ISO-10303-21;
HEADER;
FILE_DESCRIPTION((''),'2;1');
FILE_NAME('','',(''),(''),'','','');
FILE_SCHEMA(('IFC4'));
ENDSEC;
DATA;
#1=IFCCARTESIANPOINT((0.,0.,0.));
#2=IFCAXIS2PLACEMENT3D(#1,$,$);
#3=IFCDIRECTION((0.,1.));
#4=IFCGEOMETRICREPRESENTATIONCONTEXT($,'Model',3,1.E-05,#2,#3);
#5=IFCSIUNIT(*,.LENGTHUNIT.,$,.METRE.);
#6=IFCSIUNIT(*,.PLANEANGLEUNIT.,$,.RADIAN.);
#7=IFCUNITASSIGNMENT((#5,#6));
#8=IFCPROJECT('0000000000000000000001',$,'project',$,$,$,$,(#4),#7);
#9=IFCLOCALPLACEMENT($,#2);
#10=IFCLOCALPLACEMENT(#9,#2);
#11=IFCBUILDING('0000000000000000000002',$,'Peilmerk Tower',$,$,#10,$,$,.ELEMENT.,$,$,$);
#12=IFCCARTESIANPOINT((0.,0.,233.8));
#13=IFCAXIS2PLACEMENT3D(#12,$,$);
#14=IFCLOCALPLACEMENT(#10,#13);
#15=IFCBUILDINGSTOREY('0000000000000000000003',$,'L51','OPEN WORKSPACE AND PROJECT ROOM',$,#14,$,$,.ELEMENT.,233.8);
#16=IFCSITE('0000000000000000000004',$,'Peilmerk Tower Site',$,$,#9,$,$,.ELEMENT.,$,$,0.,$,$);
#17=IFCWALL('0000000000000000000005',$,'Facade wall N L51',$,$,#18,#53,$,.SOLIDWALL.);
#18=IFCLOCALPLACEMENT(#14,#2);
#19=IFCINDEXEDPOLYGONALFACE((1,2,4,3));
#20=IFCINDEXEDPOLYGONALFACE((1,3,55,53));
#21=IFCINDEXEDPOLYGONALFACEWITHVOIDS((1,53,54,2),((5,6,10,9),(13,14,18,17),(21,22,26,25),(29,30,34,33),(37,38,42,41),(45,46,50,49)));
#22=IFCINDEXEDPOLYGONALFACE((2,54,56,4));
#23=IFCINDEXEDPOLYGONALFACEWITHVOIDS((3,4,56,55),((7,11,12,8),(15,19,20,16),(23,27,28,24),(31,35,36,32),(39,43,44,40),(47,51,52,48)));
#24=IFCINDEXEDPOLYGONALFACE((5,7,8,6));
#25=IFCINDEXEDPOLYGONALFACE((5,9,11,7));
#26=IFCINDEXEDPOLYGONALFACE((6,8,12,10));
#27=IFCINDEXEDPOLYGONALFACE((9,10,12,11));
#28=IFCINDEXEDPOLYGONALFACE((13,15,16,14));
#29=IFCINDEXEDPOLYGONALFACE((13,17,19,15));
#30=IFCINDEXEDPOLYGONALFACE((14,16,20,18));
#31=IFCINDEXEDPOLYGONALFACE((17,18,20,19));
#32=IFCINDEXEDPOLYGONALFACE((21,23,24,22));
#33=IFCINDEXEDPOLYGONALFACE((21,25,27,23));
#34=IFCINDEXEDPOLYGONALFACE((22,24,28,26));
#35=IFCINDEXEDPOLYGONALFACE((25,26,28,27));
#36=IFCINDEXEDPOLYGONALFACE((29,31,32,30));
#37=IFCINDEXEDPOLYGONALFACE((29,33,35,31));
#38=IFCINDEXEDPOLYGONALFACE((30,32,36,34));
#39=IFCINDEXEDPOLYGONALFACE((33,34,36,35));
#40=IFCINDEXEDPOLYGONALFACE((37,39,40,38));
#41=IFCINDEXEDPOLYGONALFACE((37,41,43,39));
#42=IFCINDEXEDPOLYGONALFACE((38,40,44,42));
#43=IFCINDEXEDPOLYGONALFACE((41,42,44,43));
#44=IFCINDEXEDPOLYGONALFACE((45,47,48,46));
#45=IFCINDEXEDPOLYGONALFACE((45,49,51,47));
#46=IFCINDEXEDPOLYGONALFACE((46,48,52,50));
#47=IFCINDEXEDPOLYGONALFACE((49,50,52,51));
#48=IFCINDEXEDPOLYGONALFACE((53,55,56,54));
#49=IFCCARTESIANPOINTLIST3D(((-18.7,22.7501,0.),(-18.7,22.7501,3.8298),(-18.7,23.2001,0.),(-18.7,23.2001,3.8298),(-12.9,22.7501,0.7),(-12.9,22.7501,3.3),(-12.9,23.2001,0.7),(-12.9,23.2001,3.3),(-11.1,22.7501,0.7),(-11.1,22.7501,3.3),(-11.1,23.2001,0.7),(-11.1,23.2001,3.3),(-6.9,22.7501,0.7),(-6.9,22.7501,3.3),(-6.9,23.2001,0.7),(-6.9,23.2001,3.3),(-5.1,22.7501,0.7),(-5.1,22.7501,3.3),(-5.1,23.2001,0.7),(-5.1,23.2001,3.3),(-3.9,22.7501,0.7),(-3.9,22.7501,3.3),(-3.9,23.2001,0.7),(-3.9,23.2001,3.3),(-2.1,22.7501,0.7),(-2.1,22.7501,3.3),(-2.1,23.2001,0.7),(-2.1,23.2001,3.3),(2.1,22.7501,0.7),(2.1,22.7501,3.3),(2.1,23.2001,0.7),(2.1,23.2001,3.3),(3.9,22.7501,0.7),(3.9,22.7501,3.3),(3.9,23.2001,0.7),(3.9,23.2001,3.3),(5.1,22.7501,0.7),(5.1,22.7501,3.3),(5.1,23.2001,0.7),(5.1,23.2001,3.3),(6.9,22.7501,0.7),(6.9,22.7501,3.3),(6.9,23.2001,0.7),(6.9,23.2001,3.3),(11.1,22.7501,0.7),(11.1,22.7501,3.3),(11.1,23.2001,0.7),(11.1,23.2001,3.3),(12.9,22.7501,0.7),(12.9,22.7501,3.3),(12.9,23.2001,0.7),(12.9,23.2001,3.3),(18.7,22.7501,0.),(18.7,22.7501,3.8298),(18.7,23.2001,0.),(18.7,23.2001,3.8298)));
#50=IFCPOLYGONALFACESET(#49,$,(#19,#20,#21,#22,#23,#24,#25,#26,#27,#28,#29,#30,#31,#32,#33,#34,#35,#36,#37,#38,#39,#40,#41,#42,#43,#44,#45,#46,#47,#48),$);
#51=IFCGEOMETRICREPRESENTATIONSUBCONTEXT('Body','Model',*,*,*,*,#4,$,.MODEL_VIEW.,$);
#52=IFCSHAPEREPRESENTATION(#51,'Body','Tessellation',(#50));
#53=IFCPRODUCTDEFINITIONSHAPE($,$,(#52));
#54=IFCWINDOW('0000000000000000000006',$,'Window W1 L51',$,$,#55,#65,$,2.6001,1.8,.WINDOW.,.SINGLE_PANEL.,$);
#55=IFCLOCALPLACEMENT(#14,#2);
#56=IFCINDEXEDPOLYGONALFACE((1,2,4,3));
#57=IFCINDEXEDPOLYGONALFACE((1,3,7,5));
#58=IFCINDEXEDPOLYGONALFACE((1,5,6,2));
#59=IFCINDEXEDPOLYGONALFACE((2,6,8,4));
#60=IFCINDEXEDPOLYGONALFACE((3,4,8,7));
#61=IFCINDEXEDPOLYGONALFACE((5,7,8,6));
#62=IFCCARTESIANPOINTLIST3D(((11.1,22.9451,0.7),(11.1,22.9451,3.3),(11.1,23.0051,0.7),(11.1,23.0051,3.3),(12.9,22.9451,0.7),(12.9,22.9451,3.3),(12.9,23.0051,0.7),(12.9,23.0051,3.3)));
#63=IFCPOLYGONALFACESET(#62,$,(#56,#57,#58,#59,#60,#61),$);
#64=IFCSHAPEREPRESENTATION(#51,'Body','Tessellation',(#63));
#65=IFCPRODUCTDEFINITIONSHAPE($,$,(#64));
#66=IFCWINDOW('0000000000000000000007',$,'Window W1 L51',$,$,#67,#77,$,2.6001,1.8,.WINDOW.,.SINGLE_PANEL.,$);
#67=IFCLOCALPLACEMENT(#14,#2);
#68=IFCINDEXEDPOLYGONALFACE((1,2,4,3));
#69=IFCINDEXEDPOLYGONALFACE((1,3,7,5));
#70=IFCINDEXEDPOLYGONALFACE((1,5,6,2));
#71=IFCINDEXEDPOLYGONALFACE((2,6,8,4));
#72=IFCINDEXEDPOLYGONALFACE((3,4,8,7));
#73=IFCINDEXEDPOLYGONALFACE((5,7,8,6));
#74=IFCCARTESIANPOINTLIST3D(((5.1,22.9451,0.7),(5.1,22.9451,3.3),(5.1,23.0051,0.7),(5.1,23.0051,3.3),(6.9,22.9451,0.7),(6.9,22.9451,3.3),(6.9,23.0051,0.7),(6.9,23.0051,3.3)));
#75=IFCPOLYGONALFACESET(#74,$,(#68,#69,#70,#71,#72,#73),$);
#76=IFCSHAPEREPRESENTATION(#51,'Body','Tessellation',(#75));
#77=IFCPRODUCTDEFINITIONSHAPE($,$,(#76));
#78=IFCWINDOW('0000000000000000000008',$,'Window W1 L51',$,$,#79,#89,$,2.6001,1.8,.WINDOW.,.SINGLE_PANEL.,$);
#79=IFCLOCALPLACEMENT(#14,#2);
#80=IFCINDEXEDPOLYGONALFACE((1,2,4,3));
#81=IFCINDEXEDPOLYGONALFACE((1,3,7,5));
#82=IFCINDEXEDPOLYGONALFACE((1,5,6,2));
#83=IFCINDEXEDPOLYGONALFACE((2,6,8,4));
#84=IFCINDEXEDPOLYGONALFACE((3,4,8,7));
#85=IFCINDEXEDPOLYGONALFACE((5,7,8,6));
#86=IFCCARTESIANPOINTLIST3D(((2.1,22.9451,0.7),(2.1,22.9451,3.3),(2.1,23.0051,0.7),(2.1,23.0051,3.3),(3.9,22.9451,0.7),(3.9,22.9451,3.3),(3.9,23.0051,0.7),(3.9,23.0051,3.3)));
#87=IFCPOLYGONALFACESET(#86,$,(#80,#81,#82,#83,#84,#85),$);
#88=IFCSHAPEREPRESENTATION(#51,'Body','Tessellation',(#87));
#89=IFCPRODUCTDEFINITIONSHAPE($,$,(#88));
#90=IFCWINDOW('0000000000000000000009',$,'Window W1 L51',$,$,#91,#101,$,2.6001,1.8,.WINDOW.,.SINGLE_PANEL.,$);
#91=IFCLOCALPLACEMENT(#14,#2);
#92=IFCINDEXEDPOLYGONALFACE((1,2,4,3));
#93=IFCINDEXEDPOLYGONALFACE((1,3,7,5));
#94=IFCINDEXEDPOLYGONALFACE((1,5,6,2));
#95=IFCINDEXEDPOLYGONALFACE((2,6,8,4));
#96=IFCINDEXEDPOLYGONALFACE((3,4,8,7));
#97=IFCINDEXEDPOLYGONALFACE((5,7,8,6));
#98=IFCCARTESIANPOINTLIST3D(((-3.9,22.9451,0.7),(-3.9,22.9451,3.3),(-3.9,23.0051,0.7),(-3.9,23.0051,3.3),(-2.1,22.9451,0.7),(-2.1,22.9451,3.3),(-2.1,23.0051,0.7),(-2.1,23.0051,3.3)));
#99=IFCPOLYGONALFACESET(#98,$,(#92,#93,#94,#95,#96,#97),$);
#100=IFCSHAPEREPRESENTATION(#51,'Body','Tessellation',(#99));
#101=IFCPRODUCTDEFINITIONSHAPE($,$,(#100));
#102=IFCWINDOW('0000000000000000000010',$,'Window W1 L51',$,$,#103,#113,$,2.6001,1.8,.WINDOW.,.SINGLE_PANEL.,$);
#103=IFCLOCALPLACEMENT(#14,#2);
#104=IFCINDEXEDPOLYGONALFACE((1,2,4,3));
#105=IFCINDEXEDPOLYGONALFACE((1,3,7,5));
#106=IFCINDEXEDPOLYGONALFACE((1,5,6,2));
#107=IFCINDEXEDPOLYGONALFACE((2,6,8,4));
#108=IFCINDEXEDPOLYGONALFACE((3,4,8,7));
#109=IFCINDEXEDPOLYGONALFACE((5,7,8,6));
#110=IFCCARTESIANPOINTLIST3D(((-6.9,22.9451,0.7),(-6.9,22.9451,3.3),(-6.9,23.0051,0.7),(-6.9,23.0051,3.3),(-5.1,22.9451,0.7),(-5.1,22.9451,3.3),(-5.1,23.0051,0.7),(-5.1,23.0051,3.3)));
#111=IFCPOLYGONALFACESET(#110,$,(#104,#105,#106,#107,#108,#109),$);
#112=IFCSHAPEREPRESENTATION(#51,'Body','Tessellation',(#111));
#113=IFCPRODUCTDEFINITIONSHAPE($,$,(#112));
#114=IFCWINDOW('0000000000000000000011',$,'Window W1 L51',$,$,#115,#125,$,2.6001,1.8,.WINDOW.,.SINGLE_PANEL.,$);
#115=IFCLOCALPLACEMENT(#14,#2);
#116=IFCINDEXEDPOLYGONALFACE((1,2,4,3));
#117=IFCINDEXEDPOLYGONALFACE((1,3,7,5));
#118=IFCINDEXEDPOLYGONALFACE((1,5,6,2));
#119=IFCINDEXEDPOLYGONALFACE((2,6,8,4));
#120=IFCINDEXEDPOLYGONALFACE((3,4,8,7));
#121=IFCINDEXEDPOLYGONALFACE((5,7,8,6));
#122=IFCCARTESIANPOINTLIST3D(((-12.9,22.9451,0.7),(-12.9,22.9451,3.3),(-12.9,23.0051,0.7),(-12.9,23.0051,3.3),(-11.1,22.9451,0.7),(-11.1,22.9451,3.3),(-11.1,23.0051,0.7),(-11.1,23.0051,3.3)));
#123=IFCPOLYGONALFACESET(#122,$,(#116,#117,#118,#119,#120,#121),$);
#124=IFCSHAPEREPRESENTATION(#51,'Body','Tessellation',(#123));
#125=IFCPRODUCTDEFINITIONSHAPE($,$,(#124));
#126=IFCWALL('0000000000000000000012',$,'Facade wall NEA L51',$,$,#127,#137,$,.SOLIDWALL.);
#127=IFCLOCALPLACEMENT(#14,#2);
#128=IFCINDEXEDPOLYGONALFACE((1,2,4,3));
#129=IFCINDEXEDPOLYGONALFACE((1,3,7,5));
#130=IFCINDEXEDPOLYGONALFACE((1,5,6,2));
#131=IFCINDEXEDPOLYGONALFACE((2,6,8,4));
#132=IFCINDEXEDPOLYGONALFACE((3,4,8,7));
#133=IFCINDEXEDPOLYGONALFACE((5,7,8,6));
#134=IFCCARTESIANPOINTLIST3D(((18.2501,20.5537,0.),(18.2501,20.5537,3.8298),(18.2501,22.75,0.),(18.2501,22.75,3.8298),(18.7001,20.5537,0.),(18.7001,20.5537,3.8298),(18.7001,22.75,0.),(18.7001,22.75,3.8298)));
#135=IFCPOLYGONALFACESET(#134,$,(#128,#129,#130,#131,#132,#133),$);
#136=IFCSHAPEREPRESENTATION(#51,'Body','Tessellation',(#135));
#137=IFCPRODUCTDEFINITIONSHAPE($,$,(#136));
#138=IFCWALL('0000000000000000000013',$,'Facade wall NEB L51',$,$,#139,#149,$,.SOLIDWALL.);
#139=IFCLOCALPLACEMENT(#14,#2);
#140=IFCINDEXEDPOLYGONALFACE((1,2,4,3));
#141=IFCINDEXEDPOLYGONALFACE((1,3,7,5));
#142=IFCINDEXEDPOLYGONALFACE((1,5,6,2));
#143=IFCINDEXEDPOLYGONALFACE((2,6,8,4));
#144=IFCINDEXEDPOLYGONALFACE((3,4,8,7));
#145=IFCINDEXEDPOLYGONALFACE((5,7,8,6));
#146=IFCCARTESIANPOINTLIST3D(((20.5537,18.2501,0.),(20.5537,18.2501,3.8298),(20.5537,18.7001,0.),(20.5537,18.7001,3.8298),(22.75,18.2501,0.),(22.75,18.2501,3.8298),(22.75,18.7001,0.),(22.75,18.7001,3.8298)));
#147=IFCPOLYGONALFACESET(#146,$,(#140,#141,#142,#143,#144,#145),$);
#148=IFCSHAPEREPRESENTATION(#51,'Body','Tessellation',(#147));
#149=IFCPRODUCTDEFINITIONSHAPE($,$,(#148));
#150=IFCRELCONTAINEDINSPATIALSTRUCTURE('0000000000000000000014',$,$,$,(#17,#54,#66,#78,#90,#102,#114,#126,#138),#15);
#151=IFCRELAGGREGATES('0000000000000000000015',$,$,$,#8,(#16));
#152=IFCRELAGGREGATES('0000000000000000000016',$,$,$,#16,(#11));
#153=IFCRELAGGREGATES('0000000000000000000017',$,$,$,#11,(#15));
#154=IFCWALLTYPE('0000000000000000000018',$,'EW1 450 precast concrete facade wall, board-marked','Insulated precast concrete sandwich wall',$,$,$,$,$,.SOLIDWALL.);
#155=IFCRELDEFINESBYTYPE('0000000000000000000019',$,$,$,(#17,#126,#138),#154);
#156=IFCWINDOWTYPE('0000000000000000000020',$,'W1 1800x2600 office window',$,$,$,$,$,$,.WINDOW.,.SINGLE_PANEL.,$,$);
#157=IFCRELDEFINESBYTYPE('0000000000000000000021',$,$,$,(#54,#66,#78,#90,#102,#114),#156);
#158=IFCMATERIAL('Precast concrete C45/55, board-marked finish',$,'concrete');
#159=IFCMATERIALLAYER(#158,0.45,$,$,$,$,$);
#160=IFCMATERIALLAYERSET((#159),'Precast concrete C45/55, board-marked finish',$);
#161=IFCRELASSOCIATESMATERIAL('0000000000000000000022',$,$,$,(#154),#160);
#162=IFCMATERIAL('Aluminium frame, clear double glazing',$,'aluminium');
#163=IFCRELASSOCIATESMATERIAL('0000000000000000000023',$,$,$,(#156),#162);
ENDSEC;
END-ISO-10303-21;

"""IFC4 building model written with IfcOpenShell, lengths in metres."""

from ifc_helpers import new_model, si_unit, direction, frame, frame_2d, origin, place, context, subcontext, project, spatial, rectangle, extrude, material, layer, layer_set, type_object, element, fill, save


model = new_model("IFC4")

# Units and contexts
model_context = context("Model", 3, precision=1e-05, world=origin(), true_north=direction((0.0, 1.0)))
body_context = subcontext(model_context, "Body", "Model", "MODEL_VIEW")
ifc_project = project(units=[si_unit("LENGTHUNIT", "METRE"), si_unit("PLANEANGLEUNIT", "RADIAN")], contexts=[model_context])

# Site, building, storey
site_placement = place(None, origin())
site = spatial("IfcSite", under=ifc_project, at=site_placement, Name="Peilmerk Tower Site", CompositionType="ELEMENT", RefElevation=0.0)
building_placement = place(site_placement, origin())
building = spatial("IfcBuilding", under=site, at=building_placement, Name="Peilmerk Tower", CompositionType="ELEMENT")
storey_placement = place(building_placement, frame((0.0, 0.0, 233.8)))
storey = spatial("IfcBuildingStorey", under=building, at=storey_placement, Name="L51", Description="OPEN WORKSPACE AND PROJECT ROOM", CompositionType="ELEMENT", Elevation=233.8)

# Wall, openings, windows
ifc_material_1 = material(Name="Precast concrete C45/55, board-marked finish", Category="concrete")
ifc_layer_1 = layer(ifc_material_1, 0.45)
ifc_layer_set_1 = layer_set([ifc_layer_1], Name="Precast concrete C45/55, board-marked finish")
wall_type = type_object("IfcWallType", Name="EW1 450 precast concrete facade wall, board-marked", Description="Insulated precast concrete sandwich wall", PredefinedType="SOLIDWALL", material=ifc_layer_set_1)
wall_placement = place(storey_placement, frame((18.7, 22.9751, 0.0), z_axis=(0.0, 0.0, 1.0), x_axis=(-1.0, 0.0, 0.0)))
wall = element("IfcWall", 1, at=wall_placement, inside=storey, type_object=wall_type, Name="Facade wall N L51", PredefinedType="SOLIDWALL", context=body_context, shape_type="SweptSolid", body=[
    extrude(rectangle(XDim=37.3999, YDim=0.45, at=frame_2d((18.7, 0.0))), origin(), (0.0, 0.0, 1.0), 3.8298),
])
opening_1_placement = place(wall_placement, frame((5.8, 0.0, 0.7)))
opening_1 = element("IfcOpeningElement", 2, at=opening_1_placement, cuts=wall, PredefinedType="OPENING", context=body_context, shape_type="SweptSolid", body=[
    extrude(rectangle(XDim=1.8, YDim=2.6001, at=frame_2d((0.8999, 1.3))), frame((0.0, 0.2349, 0.0), z_axis=(0.0, -1.0, 0.0), x_axis=(1.0, 0.0, 0.0)), (0.0, 0.0, 1.0), 0.47),
])
opening_2_placement = place(wall_placement, frame((11.8, 0.0, 0.7)))
opening_2 = element("IfcOpeningElement", 3, at=opening_2_placement, cuts=wall, PredefinedType="OPENING", context=body_context, shape_type="SweptSolid", body=[
    extrude(rectangle(XDim=1.8, YDim=2.6001, at=frame_2d((0.8999, 1.3))), frame((0.0, 0.2349, 0.0), z_axis=(0.0, -1.0, 0.0), x_axis=(1.0, 0.0, 0.0)), (0.0, 0.0, 1.0), 0.47),
])
opening_3_placement = place(wall_placement, frame((14.8, 0.0, 0.7)))
opening_3 = element("IfcOpeningElement", 4, at=opening_3_placement, cuts=wall, PredefinedType="OPENING", context=body_context, shape_type="SweptSolid", body=[
    extrude(rectangle(XDim=1.8, YDim=2.6001, at=frame_2d((0.8999, 1.3))), frame((0.0, 0.2349, 0.0), z_axis=(0.0, -1.0, 0.0), x_axis=(1.0, 0.0, 0.0)), (0.0, 0.0, 1.0), 0.47),
])
opening_4_placement = place(wall_placement, frame((20.8, 0.0, 0.7)))
opening_4 = element("IfcOpeningElement", 5, at=opening_4_placement, cuts=wall, PredefinedType="OPENING", context=body_context, shape_type="SweptSolid", body=[
    extrude(rectangle(XDim=1.8, YDim=2.6001, at=frame_2d((0.8999, 1.3))), frame((0.0, 0.2349, 0.0), z_axis=(0.0, -1.0, 0.0), x_axis=(1.0, 0.0, 0.0)), (0.0, 0.0, 1.0), 0.47),
])
opening_5_placement = place(wall_placement, frame((23.8, 0.0, 0.7)))
opening_5 = element("IfcOpeningElement", 6, at=opening_5_placement, cuts=wall, PredefinedType="OPENING", context=body_context, shape_type="SweptSolid", body=[
    extrude(rectangle(XDim=1.8, YDim=2.6001, at=frame_2d((0.8999, 1.3))), frame((0.0, 0.2349, 0.0), z_axis=(0.0, -1.0, 0.0), x_axis=(1.0, 0.0, 0.0)), (0.0, 0.0, 1.0), 0.47),
])
opening_6_placement = place(wall_placement, frame((29.8, 0.0, 0.7)))
opening_6 = element("IfcOpeningElement", 7, at=opening_6_placement, cuts=wall, PredefinedType="OPENING", context=body_context, shape_type="SweptSolid", body=[
    extrude(rectangle(XDim=1.8, YDim=2.6001, at=frame_2d((0.8999, 1.3))), frame((0.0, 0.2349, 0.0), z_axis=(0.0, -1.0, 0.0), x_axis=(1.0, 0.0, 0.0)), (0.0, 0.0, 1.0), 0.47),
])
ifc_material_2 = material(Name="Aluminium frame, clear double glazing", Category="aluminium")
window_type = type_object("IfcWindowType", Name="W1 1800x2600 office window", PartitioningType="SINGLE_PANEL", PredefinedType="WINDOW", material=ifc_material_2)
window_1_placement = place(opening_1_placement, origin())
window_1 = element("IfcWindow", 8, at=window_1_placement, inside=storey, type_object=window_type, Name="Window W1 L51", OverallHeight=2.6001, OverallWidth=1.8, PartitioningType="SINGLE_PANEL", PredefinedType="WINDOW", context=body_context, shape_type="SweptSolid", body=[
    extrude(rectangle(XDim=1.8, YDim=2.6001, at=frame_2d((0.8999, 1.3))), frame((0.0, 0.03, 0.0), z_axis=(0.0, -1.0, 0.0), x_axis=(1.0, 0.0, 0.0)), (0.0, 0.0, 1.0), 0.0601),
])
fill(opening_1, window_1)
window_2_placement = place(opening_2_placement, origin())
window_2 = element("IfcWindow", 9, at=window_2_placement, inside=storey, type_object=window_type, Name="Window W1 L51", OverallHeight=2.6001, OverallWidth=1.8, PartitioningType="SINGLE_PANEL", PredefinedType="WINDOW", context=body_context, shape_type="SweptSolid", body=[
    extrude(rectangle(XDim=1.8, YDim=2.6001, at=frame_2d((0.8999, 1.3))), frame((0.0, 0.03, 0.0), z_axis=(0.0, -1.0, 0.0), x_axis=(1.0, 0.0, 0.0)), (0.0, 0.0, 1.0), 0.0601),
])
fill(opening_2, window_2)
window_3_placement = place(opening_3_placement, origin())
window_3 = element("IfcWindow", 10, at=window_3_placement, inside=storey, type_object=window_type, Name="Window W1 L51", OverallHeight=2.6001, OverallWidth=1.8, PartitioningType="SINGLE_PANEL", PredefinedType="WINDOW", context=body_context, shape_type="SweptSolid", body=[
    extrude(rectangle(XDim=1.8, YDim=2.6001, at=frame_2d((0.8999, 1.3))), frame((0.0, 0.03, 0.0), z_axis=(0.0, -1.0, 0.0), x_axis=(1.0, 0.0, 0.0)), (0.0, 0.0, 1.0), 0.0601),
])
fill(opening_3, window_3)
window_4_placement = place(opening_4_placement, origin())
window_4 = element("IfcWindow", 11, at=window_4_placement, inside=storey, type_object=window_type, Name="Window W1 L51", OverallHeight=2.6001, OverallWidth=1.8, PartitioningType="SINGLE_PANEL", PredefinedType="WINDOW", context=body_context, shape_type="SweptSolid", body=[
    extrude(rectangle(XDim=1.8, YDim=2.6001, at=frame_2d((0.8999, 1.3))), frame((0.0, 0.03, 0.0), z_axis=(0.0, -1.0, 0.0), x_axis=(1.0, 0.0, 0.0)), (0.0, 0.0, 1.0), 0.0601),
])
fill(opening_4, window_4)
window_5_placement = place(opening_5_placement, origin())
window_5 = element("IfcWindow", 12, at=window_5_placement, inside=storey, type_object=window_type, Name="Window W1 L51", OverallHeight=2.6001, OverallWidth=1.8, PartitioningType="SINGLE_PANEL", PredefinedType="WINDOW", context=body_context, shape_type="SweptSolid", body=[
    extrude(rectangle(XDim=1.8, YDim=2.6001, at=frame_2d((0.8999, 1.3))), frame((0.0, 0.03, 0.0), z_axis=(0.0, -1.0, 0.0), x_axis=(1.0, 0.0, 0.0)), (0.0, 0.0, 1.0), 0.0601),
])
fill(opening_5, window_5)
window_6_placement = place(opening_6_placement, origin())
window_6 = element("IfcWindow", 13, at=window_6_placement, inside=storey, type_object=window_type, Name="Window W1 L51", OverallHeight=2.6001, OverallWidth=1.8, PartitioningType="SINGLE_PANEL", PredefinedType="WINDOW", context=body_context, shape_type="SweptSolid", body=[
    extrude(rectangle(XDim=1.8, YDim=2.6001, at=frame_2d((0.8999, 1.3))), frame((0.0, 0.03, 0.0), z_axis=(0.0, -1.0, 0.0), x_axis=(1.0, 0.0, 0.0)), (0.0, 0.0, 1.0), 0.0601),
])
fill(opening_6, window_6)

# Walls
for number, where, z_axis, x_axis, name in (
    (14, (18.4751, 20.5537, 0.0), (0.0, 0.0, 1.0), (0.0, 1.0, 0.0), "Facade wall NEA L51"),
    (15, (20.5537, 18.4751, 0.0), (0.0, 0.0, 1.0), (1.0, 0.0, 0.0), "Facade wall NEB L51"),
):
    element("IfcWall", number, at=place(storey_placement, frame(where, z_axis=z_axis, x_axis=x_axis)), inside=storey, type_object=wall_type, Name=name, PredefinedType="SOLIDWALL", context=body_context, shape_type="SweptSolid", body=[
        extrude(rectangle(XDim=2.1963, YDim=0.45, at=frame_2d((1.0981, 0.0))), origin(), (0.0, 0.0, 1.0), 3.8298),
    ])

save(model, "model.ifc")
